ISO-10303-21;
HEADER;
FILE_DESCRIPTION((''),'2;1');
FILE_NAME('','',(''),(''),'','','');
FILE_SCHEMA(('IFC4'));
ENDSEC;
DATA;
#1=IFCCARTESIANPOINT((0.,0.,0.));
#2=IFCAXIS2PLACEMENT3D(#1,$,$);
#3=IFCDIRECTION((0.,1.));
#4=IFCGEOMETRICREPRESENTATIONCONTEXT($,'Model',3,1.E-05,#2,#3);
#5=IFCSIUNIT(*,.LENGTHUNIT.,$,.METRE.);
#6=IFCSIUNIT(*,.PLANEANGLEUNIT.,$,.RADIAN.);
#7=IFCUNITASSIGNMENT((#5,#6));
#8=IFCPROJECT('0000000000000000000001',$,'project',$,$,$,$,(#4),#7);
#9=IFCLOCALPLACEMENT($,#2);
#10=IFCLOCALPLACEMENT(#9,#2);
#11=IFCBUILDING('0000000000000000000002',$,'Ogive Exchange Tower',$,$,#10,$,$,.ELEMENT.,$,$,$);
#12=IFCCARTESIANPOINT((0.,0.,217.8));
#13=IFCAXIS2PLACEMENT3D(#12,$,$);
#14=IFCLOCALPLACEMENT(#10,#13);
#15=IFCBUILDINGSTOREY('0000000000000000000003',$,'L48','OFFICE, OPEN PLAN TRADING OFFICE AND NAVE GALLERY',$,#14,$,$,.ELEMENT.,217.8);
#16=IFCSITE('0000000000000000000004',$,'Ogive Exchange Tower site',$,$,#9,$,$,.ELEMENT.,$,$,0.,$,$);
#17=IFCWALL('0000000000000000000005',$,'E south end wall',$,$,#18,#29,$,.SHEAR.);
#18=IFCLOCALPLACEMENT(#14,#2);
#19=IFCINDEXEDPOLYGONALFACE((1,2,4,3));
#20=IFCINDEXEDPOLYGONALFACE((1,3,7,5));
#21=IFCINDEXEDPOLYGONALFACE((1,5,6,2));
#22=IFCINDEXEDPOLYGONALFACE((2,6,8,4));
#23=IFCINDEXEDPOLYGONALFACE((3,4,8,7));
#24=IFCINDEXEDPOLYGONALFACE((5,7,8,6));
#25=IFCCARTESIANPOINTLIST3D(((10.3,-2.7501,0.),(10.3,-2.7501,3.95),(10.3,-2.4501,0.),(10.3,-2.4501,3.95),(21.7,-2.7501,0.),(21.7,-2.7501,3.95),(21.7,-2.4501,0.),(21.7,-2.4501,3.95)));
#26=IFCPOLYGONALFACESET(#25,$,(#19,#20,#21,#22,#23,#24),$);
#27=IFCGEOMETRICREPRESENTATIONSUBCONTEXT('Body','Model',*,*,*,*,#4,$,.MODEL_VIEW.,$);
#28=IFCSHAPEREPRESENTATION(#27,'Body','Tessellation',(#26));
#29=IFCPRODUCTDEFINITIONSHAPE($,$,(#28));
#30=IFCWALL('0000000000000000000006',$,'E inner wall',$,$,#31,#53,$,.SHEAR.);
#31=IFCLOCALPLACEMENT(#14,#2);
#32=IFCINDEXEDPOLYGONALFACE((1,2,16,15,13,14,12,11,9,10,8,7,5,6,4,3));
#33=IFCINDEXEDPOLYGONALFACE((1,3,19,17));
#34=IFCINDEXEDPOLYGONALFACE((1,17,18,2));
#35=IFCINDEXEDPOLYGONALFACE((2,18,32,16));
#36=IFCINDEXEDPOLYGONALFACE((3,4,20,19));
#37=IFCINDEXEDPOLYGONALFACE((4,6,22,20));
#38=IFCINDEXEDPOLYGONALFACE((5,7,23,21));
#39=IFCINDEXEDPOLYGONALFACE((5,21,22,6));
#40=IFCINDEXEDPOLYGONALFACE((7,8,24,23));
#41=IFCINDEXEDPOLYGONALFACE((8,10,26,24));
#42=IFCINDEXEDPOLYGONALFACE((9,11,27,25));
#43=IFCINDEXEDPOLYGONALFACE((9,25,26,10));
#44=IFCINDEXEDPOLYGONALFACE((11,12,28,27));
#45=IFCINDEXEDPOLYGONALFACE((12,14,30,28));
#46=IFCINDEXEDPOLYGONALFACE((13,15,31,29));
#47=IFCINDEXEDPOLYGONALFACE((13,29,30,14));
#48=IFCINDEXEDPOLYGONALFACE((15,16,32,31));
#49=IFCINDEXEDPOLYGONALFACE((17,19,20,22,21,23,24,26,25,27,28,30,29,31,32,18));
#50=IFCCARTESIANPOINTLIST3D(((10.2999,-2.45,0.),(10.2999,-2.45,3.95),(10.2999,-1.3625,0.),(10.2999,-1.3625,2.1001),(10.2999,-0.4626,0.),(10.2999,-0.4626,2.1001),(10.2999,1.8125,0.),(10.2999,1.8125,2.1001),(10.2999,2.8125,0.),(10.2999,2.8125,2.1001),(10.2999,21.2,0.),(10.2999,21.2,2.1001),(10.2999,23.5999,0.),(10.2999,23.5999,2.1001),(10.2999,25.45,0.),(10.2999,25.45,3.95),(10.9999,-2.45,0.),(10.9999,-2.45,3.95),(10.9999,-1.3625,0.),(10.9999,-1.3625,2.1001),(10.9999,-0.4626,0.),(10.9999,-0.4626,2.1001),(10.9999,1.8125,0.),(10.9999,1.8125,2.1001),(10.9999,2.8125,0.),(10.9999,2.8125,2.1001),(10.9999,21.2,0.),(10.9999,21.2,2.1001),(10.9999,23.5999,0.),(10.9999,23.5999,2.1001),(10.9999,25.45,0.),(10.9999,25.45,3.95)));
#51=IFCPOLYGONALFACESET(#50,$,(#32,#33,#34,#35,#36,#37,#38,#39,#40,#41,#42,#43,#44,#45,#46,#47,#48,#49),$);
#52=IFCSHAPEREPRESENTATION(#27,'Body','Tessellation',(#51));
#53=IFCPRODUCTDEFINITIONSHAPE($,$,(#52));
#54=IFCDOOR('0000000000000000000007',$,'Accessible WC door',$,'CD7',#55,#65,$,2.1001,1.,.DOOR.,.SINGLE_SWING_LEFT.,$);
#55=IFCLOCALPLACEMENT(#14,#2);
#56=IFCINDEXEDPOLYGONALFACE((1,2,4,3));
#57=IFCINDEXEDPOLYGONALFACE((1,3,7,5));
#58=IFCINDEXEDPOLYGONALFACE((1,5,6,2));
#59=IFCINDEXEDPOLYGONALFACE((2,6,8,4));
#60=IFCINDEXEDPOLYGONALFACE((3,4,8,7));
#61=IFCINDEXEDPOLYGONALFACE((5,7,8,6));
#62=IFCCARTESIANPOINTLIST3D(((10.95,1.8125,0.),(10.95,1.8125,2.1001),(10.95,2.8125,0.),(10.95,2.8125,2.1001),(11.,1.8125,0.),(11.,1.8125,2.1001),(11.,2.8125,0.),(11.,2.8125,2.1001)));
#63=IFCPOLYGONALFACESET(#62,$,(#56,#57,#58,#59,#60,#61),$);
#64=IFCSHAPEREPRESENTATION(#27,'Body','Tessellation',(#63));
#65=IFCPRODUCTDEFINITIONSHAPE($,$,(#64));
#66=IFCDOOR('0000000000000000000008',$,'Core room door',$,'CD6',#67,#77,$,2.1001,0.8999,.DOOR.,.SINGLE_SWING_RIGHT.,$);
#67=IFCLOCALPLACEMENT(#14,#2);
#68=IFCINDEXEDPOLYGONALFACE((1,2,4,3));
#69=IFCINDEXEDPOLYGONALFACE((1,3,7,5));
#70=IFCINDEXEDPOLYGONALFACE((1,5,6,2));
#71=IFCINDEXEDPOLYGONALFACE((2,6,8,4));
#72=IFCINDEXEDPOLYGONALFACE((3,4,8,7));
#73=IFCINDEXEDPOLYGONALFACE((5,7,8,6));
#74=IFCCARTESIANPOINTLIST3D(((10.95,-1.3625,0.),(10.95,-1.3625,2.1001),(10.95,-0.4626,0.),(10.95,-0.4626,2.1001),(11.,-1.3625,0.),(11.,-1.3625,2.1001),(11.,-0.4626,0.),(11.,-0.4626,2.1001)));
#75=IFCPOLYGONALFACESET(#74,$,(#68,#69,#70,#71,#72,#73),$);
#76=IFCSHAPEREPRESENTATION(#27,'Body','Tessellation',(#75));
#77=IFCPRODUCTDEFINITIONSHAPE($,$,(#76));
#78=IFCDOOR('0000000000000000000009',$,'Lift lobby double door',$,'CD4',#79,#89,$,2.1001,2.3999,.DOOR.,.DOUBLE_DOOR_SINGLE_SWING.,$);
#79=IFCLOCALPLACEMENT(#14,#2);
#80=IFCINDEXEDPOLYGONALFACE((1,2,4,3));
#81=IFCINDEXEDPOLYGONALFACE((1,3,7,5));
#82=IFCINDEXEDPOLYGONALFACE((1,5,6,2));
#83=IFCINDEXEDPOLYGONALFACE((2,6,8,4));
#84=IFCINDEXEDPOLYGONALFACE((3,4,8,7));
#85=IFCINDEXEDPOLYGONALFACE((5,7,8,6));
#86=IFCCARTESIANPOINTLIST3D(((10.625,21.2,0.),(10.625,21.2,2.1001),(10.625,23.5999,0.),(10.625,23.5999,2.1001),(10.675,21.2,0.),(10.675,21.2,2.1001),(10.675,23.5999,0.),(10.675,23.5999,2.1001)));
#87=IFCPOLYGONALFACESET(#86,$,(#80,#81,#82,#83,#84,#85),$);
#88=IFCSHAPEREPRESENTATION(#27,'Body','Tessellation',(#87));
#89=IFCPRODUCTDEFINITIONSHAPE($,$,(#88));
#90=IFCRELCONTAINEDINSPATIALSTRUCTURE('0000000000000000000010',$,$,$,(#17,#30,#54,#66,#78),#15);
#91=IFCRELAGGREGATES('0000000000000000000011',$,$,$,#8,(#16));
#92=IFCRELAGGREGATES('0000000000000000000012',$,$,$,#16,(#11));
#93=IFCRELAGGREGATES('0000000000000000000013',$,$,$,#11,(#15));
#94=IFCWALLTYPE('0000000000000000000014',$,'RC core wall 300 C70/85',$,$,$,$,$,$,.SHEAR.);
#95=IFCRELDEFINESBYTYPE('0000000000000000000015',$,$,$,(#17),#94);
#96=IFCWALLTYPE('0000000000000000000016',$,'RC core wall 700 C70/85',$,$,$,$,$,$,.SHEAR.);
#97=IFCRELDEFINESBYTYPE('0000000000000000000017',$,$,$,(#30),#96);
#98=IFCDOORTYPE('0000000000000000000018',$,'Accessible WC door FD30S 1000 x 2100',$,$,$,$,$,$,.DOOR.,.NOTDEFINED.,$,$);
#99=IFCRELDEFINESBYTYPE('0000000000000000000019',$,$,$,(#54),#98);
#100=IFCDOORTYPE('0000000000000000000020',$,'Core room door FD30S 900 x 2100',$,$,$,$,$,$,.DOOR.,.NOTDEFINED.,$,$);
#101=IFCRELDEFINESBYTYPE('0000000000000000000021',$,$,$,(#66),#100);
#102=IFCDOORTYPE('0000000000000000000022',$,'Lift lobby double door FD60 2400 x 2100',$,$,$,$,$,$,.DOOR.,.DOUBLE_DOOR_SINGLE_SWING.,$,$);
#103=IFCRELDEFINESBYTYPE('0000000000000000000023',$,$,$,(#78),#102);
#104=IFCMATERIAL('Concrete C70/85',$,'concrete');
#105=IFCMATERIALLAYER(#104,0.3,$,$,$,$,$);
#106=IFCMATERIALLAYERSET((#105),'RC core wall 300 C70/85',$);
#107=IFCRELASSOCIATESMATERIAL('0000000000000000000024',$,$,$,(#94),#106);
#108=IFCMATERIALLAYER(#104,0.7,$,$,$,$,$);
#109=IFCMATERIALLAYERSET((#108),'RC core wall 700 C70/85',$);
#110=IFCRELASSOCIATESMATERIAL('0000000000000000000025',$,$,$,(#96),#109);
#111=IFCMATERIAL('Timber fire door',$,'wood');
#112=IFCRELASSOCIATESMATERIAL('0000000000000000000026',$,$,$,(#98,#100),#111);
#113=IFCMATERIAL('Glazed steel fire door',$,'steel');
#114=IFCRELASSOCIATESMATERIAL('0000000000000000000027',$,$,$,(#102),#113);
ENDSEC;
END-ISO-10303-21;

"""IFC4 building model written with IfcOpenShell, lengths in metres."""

from ifc_helpers import new_model, si_unit, direction, frame, frame_2d, origin, place, context, subcontext, project, spatial, rectangle, extrude, material, layer, layer_set, type_object, element, fill, save


model = new_model("IFC4")

# Units and contexts
model_context = context("Model", 3, precision=1e-05, world=origin(), true_north=direction((0.0, 1.0)))
body_context = subcontext(model_context, "Body", "Model", "MODEL_VIEW")
ifc_project = project(units=[si_unit("LENGTHUNIT", "METRE"), si_unit("PLANEANGLEUNIT", "RADIAN")], contexts=[model_context])

# Site, building, storey
site_placement = place(None, origin())
site = spatial("IfcSite", under=ifc_project, at=site_placement, Name="Ogive Exchange Tower site", CompositionType="ELEMENT", RefElevation=0.0)
building_placement = place(site_placement, origin())
building = spatial("IfcBuilding", under=site, at=building_placement, Name="Ogive Exchange Tower", CompositionType="ELEMENT")
storey_placement = place(building_placement, frame((0.0, 0.0, 217.8)))
storey = spatial("IfcBuildingStorey", under=building, at=storey_placement, Name="L48", Description="OFFICE, OPEN PLAN TRADING OFFICE AND NAVE GALLERY", CompositionType="ELEMENT", Elevation=217.8)

# Shared definitions
ifc_material_1 = material(Name="Concrete C70/85", Category="concrete")

# Wall
ifc_layer_1 = layer(ifc_material_1, 0.3)
ifc_layer_set_1 = layer_set([ifc_layer_1], Name="RC core wall 300 C70/85")
wall_type_1 = type_object("IfcWallType", Name="RC core wall 300 C70/85", PredefinedType="SHEAR", material=ifc_layer_set_1)
wall_1_placement = place(storey_placement, frame((10.3, -2.6001, 0.0), z_axis=(0.0, 0.0, 1.0), x_axis=(1.0, 0.0, 0.0)))
element("IfcWall", 1, at=wall_1_placement, inside=storey, type_object=wall_type_1, Name="E south end wall", PredefinedType="SHEAR", context=body_context, shape_type="SweptSolid", body=[
    extrude(rectangle(XDim=11.3999, YDim=0.3, at=frame_2d((5.7, 0.0))), origin(), (0.0, 0.0, 1.0), 3.95),
])

# Wall, openings, doors
ifc_layer_2 = layer(ifc_material_1, 0.7)
ifc_layer_set_2 = layer_set([ifc_layer_2], Name="RC core wall 700 C70/85")
wall_type_2 = type_object("IfcWallType", Name="RC core wall 700 C70/85", PredefinedType="SHEAR", material=ifc_layer_set_2)
wall_2_placement = place(storey_placement, frame((10.6499, -2.45, 0.0), z_axis=(0.0, 0.0, 1.0), x_axis=(0.0, 1.0, 0.0)))
wall_2 = element("IfcWall", 2, at=wall_2_placement, inside=storey, type_object=wall_type_2, Name="E inner wall", PredefinedType="SHEAR", context=body_context, shape_type="SweptSolid", body=[
    extrude(rectangle(XDim=27.8999, YDim=0.7, at=frame_2d((13.95, 0.0))), origin(), (0.0, 0.0, 1.0), 3.95),
])
opening_1_placement = place(wall_2_placement, frame((23.6499, 0.0, 0.0)))
opening_1 = element("IfcOpeningElement", 3, at=opening_1_placement, cuts=wall_2, PredefinedType="OPENING", context=body_context, shape_type="SweptSolid", body=[
    extrude(rectangle(XDim=2.3999, YDim=2.1001, at=frame_2d((1.2, 1.05))), frame((0.0, 0.3599, 0.0), z_axis=(0.0, -1.0, 0.0), x_axis=(1.0, 0.0, 0.0)), (0.0, 0.0, 1.0), 0.72),
])
opening_2_placement = place(wall_2_placement, frame((1.0874, 0.0, 0.0)))
opening_2 = element("IfcOpeningElement", 4, at=opening_2_placement, cuts=wall_2, PredefinedType="OPENING", context=body_context, shape_type="SweptSolid", body=[
    extrude(rectangle(XDim=0.8999, YDim=2.1001, at=frame_2d((0.45, 1.05))), frame((0.0, 0.3599, 0.0), z_axis=(0.0, -1.0, 0.0), x_axis=(1.0, 0.0, 0.0)), (0.0, 0.0, 1.0), 0.72),
])
opening_3_placement = place(wall_2_placement, frame((4.2625, 0.0, 0.0)))
opening_3 = element("IfcOpeningElement", 5, at=opening_3_placement, cuts=wall_2, PredefinedType="OPENING", context=body_context, shape_type="SweptSolid", body=[
    extrude(rectangle(XDim=1.0, YDim=2.1001, at=frame_2d((0.5, 1.05))), frame((0.0, 0.3599, 0.0), z_axis=(0.0, -1.0, 0.0), x_axis=(1.0, 0.0, 0.0)), (0.0, 0.0, 1.0), 0.72),
])
ifc_material_2 = material(Name="Timber fire door", Category="wood")
door_type_1 = type_object("IfcDoorType", Name="Accessible WC door FD30S 1000 x 2100", OperationType="NOTDEFINED", PredefinedType="DOOR", material=ifc_material_2)
door_1_placement = place(opening_3_placement, frame((1.0, -0.6499, 0.0), z_axis=(0.0, 0.0, 1.0), x_axis=(-1.0, 0.0, 0.0)))
door_1 = element("IfcDoor", 6, at=door_1_placement, inside=storey, type_object=door_type_1, Name="Accessible WC door", ObjectType="CD7", OperationType="SINGLE_SWING_LEFT", OverallHeight=2.1001, OverallWidth=1.0, PredefinedType="DOOR", context=body_context, shape_type="SweptSolid", body=[
    extrude(rectangle(XDim=1.0, YDim=2.1001, at=frame_2d((0.5, 1.05))), frame((0.0, -0.2998, 0.0), z_axis=(0.0, -1.0, 0.0), x_axis=(1.0, 0.0, 0.0)), (0.0, 0.0, 1.0), 0.05),
])
fill(opening_3, door_1)
door_type_2 = type_object("IfcDoorType", Name="Core room door FD30S 900 x 2100", OperationType="NOTDEFINED", PredefinedType="DOOR", material=ifc_material_2)
door_2_placement = place(opening_2_placement, frame((0.8999, -0.6499, 0.0), z_axis=(0.0, 0.0, 1.0), x_axis=(-1.0, 0.0, 0.0)))
door_2 = element("IfcDoor", 7, at=door_2_placement, inside=storey, type_object=door_type_2, Name="Core room door", ObjectType="CD6", OperationType="SINGLE_SWING_RIGHT", OverallHeight=2.1001, OverallWidth=0.8999, PredefinedType="DOOR", context=body_context, shape_type="SweptSolid", body=[
    extrude(rectangle(XDim=0.8999, YDim=2.1001, at=frame_2d((0.45, 1.05))), frame((0.0, -0.2998, 0.0), z_axis=(0.0, -1.0, 0.0), x_axis=(1.0, 0.0, 0.0)), (0.0, 0.0, 1.0), 0.05),
])
fill(opening_2, door_2)
ifc_material_3 = material(Name="Glazed steel fire door", Category="steel")
door_type_3 = type_object("IfcDoorType", Name="Lift lobby double door FD60 2400 x 2100", OperationType="DOUBLE_DOOR_SINGLE_SWING", PredefinedType="DOOR", material=ifc_material_3)
door_3_placement = place(opening_1_placement, origin())
door_3 = element("IfcDoor", 8, at=door_3_placement, inside=storey, type_object=door_type_3, Name="Lift lobby double door", ObjectType="CD4", OperationType="DOUBLE_DOOR_SINGLE_SWING", OverallHeight=2.1001, OverallWidth=2.3999, PredefinedType="DOOR", context=body_context, shape_type="SweptSolid", body=[
    extrude(rectangle(XDim=2.3999, YDim=2.1001, at=frame_2d((1.2, 1.05))), frame((0.0, 0.0249, 0.0), z_axis=(0.0, -1.0, 0.0), x_axis=(1.0, 0.0, 0.0)), (0.0, 0.0, 1.0), 0.05),
])
fill(opening_1, door_3)

save(model, "model.ifc")
